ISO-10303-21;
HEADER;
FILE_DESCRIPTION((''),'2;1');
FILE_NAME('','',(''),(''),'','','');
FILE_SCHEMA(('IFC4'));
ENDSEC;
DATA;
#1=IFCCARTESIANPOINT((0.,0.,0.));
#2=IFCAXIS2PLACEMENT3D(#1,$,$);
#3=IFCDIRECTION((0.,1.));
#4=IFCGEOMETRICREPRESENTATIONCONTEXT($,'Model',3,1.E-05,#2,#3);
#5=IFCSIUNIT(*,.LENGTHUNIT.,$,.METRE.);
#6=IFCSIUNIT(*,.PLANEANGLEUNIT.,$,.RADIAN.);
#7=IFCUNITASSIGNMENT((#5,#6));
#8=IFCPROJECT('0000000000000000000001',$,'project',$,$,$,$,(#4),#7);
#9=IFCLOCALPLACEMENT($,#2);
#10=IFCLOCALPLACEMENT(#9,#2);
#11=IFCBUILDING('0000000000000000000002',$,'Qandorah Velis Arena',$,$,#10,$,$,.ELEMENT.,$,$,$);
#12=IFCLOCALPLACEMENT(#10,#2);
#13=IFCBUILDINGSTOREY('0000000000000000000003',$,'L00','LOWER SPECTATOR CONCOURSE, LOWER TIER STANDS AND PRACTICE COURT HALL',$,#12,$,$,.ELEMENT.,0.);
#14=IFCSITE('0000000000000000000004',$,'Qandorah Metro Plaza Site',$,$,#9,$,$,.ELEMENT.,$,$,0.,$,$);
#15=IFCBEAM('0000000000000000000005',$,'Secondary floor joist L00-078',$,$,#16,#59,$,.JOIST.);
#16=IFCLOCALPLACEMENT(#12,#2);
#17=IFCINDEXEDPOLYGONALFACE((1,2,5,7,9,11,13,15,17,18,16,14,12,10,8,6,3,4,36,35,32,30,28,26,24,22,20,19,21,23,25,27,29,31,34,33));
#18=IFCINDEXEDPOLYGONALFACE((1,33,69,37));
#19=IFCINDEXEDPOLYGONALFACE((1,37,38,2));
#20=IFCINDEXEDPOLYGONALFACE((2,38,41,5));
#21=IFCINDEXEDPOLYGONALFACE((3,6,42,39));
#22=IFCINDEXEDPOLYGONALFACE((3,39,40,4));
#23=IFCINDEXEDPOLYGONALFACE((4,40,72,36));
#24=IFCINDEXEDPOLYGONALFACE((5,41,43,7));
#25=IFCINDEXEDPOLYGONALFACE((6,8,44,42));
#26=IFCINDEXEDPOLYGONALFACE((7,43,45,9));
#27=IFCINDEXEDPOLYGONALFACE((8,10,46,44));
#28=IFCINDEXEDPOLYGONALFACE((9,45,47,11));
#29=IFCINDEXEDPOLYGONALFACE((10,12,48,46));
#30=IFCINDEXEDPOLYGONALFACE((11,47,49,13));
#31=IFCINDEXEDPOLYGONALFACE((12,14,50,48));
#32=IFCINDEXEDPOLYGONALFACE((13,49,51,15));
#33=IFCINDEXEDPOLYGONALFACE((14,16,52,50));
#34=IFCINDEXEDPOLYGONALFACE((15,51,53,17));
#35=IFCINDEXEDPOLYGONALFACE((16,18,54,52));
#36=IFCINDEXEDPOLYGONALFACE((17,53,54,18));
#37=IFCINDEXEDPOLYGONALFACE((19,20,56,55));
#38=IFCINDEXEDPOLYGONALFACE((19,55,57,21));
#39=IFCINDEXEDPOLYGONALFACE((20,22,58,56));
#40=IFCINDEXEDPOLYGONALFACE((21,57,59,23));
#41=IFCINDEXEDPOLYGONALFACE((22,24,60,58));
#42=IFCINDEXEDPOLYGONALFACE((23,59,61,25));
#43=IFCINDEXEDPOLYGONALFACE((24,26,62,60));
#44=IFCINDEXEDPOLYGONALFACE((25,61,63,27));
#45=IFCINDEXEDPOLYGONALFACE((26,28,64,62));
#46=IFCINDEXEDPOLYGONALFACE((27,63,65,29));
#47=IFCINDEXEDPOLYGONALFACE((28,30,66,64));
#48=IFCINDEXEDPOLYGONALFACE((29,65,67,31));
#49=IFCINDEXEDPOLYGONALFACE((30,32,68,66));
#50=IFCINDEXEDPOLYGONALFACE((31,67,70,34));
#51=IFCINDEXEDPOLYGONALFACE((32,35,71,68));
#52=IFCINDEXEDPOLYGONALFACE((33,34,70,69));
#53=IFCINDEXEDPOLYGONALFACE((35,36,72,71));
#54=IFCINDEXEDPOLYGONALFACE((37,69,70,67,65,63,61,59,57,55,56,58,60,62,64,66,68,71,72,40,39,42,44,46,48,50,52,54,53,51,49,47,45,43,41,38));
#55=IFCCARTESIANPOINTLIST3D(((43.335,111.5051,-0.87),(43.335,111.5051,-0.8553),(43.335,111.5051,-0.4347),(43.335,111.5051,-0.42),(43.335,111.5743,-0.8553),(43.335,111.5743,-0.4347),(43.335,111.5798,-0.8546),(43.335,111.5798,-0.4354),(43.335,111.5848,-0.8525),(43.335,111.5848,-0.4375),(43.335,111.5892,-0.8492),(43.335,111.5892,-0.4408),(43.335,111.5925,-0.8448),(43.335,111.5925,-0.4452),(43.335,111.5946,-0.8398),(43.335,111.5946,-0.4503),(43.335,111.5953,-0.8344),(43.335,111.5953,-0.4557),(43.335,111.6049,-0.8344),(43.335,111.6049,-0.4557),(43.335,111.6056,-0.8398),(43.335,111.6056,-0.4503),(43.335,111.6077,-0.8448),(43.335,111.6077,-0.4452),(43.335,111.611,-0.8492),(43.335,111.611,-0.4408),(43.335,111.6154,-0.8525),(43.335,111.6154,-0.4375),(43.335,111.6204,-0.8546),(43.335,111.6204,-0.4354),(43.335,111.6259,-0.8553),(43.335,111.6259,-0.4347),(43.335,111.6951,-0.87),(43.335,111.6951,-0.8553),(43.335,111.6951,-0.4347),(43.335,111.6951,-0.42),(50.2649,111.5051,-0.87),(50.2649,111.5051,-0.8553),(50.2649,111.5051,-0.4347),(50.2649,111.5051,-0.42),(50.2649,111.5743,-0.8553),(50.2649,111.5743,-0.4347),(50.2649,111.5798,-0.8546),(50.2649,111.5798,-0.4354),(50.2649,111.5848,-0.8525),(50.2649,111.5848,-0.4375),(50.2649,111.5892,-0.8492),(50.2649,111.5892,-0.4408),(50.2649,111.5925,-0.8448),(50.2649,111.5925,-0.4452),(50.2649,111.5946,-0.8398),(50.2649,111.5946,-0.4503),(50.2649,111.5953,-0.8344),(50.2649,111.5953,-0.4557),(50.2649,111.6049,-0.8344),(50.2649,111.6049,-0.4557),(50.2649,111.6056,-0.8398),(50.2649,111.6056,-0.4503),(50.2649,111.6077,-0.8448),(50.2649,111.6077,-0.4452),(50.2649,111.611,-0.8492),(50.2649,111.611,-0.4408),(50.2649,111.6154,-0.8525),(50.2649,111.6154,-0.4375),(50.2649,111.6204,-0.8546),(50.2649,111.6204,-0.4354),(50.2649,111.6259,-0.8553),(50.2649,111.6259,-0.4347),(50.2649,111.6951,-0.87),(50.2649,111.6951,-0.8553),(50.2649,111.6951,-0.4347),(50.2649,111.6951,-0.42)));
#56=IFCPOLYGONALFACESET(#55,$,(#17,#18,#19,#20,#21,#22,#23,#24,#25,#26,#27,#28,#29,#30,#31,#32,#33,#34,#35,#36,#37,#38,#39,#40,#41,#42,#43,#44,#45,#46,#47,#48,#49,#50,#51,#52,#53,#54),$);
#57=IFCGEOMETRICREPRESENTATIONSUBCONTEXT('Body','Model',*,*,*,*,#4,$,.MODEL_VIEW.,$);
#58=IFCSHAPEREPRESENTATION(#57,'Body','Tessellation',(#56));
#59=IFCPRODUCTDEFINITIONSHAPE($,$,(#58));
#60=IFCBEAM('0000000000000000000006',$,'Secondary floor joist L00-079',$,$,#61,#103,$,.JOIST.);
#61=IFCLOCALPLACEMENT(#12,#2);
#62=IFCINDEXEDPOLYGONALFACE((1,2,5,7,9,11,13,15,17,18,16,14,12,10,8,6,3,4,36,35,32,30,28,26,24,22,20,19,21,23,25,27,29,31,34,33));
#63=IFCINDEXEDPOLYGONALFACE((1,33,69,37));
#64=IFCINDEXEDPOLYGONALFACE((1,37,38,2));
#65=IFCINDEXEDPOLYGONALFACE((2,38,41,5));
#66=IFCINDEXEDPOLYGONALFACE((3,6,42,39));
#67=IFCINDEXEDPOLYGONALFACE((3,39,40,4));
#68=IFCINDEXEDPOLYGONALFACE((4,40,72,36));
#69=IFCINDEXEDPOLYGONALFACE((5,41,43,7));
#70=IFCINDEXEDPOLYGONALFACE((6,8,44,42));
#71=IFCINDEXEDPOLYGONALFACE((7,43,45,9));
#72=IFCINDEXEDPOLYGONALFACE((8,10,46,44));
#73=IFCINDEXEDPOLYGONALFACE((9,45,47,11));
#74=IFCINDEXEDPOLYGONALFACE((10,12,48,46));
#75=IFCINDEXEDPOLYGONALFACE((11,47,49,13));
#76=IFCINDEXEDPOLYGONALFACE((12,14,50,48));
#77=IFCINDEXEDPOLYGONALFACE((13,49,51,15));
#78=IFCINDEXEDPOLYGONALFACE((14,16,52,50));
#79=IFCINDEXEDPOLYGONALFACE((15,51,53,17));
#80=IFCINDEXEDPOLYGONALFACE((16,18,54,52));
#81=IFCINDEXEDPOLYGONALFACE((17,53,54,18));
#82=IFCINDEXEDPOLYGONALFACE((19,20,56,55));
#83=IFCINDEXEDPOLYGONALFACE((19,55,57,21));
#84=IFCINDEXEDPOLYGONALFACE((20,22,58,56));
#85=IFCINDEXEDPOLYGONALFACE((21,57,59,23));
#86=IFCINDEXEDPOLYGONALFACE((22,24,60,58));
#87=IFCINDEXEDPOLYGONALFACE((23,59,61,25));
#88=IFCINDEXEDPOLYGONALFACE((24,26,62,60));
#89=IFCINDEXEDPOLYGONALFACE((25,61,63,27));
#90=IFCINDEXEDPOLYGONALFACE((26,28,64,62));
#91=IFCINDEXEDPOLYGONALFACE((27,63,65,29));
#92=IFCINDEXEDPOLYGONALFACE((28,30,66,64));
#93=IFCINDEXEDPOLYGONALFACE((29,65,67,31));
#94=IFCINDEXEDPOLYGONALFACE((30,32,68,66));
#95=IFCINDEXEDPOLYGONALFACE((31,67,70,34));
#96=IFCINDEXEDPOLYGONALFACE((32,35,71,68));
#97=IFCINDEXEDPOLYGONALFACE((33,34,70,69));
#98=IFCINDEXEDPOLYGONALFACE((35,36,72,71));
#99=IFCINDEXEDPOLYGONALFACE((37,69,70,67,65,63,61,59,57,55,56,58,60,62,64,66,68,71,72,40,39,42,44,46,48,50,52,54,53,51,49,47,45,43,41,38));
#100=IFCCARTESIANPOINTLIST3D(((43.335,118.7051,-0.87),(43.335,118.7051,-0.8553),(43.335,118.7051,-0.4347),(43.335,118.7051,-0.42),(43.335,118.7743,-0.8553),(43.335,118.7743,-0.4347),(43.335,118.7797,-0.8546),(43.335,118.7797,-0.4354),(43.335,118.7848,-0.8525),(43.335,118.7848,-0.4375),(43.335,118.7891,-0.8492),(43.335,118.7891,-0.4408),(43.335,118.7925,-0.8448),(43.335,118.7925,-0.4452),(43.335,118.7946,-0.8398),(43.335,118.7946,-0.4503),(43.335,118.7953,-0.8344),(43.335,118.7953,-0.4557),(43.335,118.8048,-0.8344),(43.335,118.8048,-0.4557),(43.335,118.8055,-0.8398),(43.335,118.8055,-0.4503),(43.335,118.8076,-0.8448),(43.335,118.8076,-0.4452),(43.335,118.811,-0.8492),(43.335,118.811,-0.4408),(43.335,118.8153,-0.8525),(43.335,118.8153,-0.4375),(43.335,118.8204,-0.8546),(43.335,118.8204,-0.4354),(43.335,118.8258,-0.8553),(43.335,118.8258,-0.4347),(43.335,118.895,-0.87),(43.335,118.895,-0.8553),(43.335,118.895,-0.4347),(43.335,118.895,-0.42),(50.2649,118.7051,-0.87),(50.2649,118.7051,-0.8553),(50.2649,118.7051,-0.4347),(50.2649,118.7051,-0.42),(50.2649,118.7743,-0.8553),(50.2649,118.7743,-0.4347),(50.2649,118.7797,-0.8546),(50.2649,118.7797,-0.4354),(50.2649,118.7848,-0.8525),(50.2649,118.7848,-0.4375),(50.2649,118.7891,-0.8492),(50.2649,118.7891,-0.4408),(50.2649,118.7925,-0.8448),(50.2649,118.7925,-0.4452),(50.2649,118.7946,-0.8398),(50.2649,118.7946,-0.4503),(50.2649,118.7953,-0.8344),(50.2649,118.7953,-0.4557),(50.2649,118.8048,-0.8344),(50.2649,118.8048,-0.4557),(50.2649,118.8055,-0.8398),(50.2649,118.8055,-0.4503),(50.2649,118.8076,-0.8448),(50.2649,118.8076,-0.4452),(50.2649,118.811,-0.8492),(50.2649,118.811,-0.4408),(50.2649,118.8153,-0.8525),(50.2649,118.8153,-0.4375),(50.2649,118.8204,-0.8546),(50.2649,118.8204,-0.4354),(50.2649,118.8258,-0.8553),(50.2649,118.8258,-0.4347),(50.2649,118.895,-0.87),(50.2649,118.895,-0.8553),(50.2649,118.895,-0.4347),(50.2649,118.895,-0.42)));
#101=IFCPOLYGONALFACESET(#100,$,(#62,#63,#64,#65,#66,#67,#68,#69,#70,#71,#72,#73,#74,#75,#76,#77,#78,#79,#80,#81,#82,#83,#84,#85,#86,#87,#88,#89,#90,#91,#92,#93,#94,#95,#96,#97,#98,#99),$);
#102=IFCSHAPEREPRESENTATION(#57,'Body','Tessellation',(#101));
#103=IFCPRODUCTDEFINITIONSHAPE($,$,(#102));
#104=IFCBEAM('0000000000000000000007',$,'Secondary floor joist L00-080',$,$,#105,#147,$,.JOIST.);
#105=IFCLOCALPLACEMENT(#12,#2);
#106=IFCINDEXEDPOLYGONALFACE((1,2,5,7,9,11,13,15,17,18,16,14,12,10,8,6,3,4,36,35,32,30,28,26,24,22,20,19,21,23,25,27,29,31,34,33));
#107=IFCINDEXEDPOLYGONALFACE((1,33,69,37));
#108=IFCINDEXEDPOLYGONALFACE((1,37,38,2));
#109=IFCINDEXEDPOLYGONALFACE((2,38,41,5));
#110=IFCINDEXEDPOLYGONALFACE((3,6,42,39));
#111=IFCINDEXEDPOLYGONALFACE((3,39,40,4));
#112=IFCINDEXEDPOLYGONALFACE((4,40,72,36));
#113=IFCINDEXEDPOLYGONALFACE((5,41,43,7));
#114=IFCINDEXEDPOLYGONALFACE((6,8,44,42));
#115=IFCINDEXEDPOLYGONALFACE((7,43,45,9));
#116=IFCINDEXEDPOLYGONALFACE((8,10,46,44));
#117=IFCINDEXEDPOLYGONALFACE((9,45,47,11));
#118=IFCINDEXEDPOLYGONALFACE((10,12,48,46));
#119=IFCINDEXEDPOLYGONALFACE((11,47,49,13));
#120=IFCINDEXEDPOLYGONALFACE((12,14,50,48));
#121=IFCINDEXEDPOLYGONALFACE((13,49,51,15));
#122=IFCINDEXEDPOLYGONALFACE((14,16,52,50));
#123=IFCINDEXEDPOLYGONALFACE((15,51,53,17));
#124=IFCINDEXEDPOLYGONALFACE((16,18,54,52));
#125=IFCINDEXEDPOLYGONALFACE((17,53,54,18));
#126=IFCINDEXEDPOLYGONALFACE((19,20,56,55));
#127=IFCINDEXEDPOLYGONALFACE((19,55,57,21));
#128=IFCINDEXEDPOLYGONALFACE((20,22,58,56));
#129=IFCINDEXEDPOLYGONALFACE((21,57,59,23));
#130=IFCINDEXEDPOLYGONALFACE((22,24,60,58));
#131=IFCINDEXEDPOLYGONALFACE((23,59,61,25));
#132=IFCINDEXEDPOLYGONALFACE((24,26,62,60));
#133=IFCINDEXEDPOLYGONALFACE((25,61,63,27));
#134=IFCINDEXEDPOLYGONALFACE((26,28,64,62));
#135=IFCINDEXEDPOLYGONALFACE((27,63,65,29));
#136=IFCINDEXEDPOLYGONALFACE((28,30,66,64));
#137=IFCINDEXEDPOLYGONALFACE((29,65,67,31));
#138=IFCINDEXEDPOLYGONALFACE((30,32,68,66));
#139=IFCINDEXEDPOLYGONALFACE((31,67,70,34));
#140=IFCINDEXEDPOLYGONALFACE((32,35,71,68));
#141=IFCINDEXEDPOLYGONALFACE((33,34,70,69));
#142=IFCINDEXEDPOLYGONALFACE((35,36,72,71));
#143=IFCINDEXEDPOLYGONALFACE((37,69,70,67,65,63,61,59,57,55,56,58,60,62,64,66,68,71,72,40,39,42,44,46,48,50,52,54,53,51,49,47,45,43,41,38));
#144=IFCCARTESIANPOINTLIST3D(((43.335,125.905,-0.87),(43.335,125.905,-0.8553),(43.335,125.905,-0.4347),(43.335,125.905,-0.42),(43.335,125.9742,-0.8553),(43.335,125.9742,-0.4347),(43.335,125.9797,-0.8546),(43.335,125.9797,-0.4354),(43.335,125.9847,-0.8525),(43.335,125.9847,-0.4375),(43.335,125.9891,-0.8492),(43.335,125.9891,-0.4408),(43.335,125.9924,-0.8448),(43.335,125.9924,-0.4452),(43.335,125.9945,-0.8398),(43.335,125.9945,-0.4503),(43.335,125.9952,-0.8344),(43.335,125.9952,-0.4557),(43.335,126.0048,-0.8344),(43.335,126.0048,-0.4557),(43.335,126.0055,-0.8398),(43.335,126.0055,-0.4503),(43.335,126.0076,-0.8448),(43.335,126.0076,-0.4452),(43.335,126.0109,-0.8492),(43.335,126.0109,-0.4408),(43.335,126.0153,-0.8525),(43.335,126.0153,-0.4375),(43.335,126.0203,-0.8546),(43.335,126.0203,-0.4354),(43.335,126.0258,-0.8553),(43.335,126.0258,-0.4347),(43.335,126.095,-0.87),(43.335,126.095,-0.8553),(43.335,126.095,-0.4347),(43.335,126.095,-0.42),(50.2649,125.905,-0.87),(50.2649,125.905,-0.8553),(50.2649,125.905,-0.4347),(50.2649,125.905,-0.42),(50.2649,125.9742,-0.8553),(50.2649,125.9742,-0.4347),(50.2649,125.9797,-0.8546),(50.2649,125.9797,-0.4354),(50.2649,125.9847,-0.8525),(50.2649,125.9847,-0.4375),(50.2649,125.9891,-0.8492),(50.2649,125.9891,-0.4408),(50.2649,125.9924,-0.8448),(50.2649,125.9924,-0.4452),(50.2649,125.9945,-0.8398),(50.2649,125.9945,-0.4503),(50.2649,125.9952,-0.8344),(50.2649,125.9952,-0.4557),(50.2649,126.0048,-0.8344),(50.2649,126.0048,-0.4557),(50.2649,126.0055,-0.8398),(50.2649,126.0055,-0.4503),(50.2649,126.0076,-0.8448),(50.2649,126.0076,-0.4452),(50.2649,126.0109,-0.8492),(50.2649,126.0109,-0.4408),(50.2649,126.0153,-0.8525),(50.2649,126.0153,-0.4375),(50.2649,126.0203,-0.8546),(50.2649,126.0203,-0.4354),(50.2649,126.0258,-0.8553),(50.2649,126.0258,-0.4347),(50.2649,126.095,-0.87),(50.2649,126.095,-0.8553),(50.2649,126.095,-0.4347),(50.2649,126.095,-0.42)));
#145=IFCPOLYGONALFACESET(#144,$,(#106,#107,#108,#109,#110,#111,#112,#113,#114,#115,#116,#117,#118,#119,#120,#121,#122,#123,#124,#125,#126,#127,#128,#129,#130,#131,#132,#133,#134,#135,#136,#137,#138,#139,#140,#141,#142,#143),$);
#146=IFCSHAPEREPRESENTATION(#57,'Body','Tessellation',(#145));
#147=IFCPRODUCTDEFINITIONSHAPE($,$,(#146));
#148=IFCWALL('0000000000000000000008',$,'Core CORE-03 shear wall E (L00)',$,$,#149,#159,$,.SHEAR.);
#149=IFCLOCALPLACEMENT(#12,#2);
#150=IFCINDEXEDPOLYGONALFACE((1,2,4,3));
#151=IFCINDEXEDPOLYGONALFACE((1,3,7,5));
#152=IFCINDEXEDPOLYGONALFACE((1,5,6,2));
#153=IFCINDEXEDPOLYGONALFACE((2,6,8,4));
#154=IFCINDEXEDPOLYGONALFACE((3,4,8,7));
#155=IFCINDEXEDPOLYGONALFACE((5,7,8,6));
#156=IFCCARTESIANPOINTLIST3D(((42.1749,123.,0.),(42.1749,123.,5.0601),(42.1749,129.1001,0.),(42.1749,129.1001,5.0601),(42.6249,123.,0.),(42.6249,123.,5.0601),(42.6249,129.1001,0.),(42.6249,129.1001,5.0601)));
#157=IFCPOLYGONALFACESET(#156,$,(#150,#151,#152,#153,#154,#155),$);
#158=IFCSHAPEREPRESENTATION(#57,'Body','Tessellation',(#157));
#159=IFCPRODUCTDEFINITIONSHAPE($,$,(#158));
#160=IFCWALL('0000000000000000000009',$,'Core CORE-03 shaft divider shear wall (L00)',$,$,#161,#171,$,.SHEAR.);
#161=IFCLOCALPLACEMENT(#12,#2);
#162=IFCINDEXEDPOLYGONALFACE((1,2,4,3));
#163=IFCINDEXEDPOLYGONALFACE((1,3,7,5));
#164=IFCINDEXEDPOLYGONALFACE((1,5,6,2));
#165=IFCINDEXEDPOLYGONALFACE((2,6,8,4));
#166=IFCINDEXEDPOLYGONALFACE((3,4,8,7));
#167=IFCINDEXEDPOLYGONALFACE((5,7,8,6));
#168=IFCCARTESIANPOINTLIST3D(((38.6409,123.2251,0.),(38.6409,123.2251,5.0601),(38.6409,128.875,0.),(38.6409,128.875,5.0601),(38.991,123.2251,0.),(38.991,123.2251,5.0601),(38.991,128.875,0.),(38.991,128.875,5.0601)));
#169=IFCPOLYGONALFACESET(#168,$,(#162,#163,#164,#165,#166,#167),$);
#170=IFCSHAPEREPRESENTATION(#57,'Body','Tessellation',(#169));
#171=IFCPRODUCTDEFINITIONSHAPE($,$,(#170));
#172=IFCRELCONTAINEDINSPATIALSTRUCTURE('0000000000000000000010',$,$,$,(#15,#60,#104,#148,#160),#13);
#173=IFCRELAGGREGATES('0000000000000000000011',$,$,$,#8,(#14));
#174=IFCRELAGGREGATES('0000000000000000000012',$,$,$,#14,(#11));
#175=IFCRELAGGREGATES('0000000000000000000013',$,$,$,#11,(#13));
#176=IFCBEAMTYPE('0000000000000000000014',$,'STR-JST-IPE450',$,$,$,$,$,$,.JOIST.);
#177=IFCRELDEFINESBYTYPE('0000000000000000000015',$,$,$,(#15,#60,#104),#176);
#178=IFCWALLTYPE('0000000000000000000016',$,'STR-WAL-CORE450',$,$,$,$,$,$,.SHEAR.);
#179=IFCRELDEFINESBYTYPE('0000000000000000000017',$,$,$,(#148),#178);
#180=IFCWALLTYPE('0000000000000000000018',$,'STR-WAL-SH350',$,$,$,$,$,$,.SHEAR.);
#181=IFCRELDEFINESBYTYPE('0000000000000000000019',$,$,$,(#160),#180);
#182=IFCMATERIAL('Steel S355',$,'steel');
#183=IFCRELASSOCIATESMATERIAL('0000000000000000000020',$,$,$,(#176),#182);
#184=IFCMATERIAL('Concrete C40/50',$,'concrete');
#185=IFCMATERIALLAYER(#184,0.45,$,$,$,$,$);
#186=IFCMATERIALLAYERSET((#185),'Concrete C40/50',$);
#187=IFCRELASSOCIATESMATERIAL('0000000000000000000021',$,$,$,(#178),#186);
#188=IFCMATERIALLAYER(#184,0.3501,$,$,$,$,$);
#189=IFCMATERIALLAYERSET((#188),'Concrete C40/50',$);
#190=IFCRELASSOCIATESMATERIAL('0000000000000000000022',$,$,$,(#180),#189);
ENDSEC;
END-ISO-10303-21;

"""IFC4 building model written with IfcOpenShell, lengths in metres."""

from ifc_helpers import new_model, si_unit, direction, frame, frame_2d, origin, origin_2d, place, context, subcontext, project, spatial, rectangle, i_section, extrude, material, layer, layer_set, material_profile, profile_set, type_object, element, save


model = new_model("IFC4")

# Units and contexts
model_context = context("Model", 3, precision=1e-05, world=origin(), true_north=direction((0.0, 1.0)))
body_context = subcontext(model_context, "Body", "Model", "MODEL_VIEW")
ifc_project = project(units=[si_unit("LENGTHUNIT", "METRE"), si_unit("PLANEANGLEUNIT", "RADIAN")], contexts=[model_context])

# Site, building, storey
site_placement = place(None, origin())
site = spatial("IfcSite", under=ifc_project, at=site_placement, Name="Qandorah Metro Plaza Site", CompositionType="ELEMENT", RefElevation=0.0)
building_placement = place(site_placement, origin())
building = spatial("IfcBuilding", under=site, at=building_placement, Name="Qandorah Velis Arena", CompositionType="ELEMENT")
storey_placement = place(building_placement, origin())
storey = spatial("IfcBuildingStorey", under=building, at=storey_placement, Name="L00", Description="LOWER SPECTATOR CONCOURSE, LOWER TIER STANDS AND PRACTICE COURT HALL", CompositionType="ELEMENT", Elevation=0.0)

# Shared definitions
ifc_material_1 = material(Name="Concrete C40/50", Category="concrete")

# Beams
ifc_material_2 = material(Name="Steel S355", Category="steel")
ifc_material_profile_1 = material_profile(ifc_material_2, i_section(OverallWidth=0.1899, OverallDepth=0.45, WebThickness=0.0095, FlangeThickness=0.0146, FilletRadius=0.021, at=origin_2d()), Name="IPE 450")
ifc_profile_set_1 = profile_set([ifc_material_profile_1], Name="Steel S355")
beam_type_1 = type_object("IfcBeamType", Name="STR-JST-IPE450", PredefinedType="JOIST", material=ifc_profile_set_1)
for number, where, z_axis, x_axis, name in (
    (1, (43.335, 111.6001, -0.645), (1.0, 0.0, 0.0), (0.0, 1.0, 0.0), "Secondary floor joist L00-078"),
    (2, (43.335, 118.8, -0.645), (1.0, 0.0, 0.0), (0.0, 1.0, 0.0), "Secondary floor joist L00-079"),
    (3, (43.335, 126.0, -0.645), (1.0, 0.0, 0.0), (0.0, 1.0, 0.0), "Secondary floor joist L00-080"),
):
    element("IfcBeam", number, at=place(storey_placement, frame(where, z_axis=z_axis, x_axis=x_axis)), inside=storey, type_object=beam_type_1, Name=name, PredefinedType="JOIST", context=body_context, shape_type="SweptSolid", body=[
        extrude(i_section(OverallWidth=0.1899, OverallDepth=0.45, WebThickness=0.0095, FlangeThickness=0.0146, FilletRadius=0.021, at=origin_2d()), origin(), (0.0, 0.0, 1.0), 6.9299),
    ])

# Walls
ifc_layer_1 = layer(ifc_material_1, 0.45)
ifc_layer_set_1 = layer_set([ifc_layer_1], Name="Concrete C40/50")
wall_type_1 = type_object("IfcWallType", Name="STR-WAL-CORE450", PredefinedType="SHEAR", material=ifc_layer_set_1)
wall_1_placement = place(storey_placement, frame((42.3999, 123.0, 0.0), z_axis=(0.0, 0.0, 1.0), x_axis=(0.0, 1.0, 0.0)))
element("IfcWall", 4, at=wall_1_placement, inside=storey, type_object=wall_type_1, Name="Core CORE-03 shear wall E (L00)", PredefinedType="SHEAR", context=body_context, shape_type="SweptSolid", body=[
    extrude(rectangle(XDim=6.1001, YDim=0.45, at=frame_2d((3.05, 0.0))), origin(), (0.0, 0.0, 1.0), 5.0601),
])
ifc_layer_2 = layer(ifc_material_1, 0.3501)
ifc_layer_set_2 = layer_set([ifc_layer_2], Name="Concrete C40/50")
wall_type_2 = type_object("IfcWallType", Name="STR-WAL-SH350", PredefinedType="SHEAR", material=ifc_layer_set_2)
wall_2_placement = place(storey_placement, frame((38.8159, 123.2251, 0.0), z_axis=(0.0, 0.0, 1.0), x_axis=(0.0, 1.0, 0.0)))
element("IfcWall", 5, at=wall_2_placement, inside=storey, type_object=wall_type_2, Name="Core CORE-03 shaft divider shear wall (L00)", PredefinedType="SHEAR", context=body_context, shape_type="SweptSolid", body=[
    extrude(rectangle(XDim=5.6499, YDim=0.3501, at=frame_2d((2.825, 0.0))), origin(), (0.0, 0.0, 1.0), 5.0601),
])

save(model, "model.ifc")
